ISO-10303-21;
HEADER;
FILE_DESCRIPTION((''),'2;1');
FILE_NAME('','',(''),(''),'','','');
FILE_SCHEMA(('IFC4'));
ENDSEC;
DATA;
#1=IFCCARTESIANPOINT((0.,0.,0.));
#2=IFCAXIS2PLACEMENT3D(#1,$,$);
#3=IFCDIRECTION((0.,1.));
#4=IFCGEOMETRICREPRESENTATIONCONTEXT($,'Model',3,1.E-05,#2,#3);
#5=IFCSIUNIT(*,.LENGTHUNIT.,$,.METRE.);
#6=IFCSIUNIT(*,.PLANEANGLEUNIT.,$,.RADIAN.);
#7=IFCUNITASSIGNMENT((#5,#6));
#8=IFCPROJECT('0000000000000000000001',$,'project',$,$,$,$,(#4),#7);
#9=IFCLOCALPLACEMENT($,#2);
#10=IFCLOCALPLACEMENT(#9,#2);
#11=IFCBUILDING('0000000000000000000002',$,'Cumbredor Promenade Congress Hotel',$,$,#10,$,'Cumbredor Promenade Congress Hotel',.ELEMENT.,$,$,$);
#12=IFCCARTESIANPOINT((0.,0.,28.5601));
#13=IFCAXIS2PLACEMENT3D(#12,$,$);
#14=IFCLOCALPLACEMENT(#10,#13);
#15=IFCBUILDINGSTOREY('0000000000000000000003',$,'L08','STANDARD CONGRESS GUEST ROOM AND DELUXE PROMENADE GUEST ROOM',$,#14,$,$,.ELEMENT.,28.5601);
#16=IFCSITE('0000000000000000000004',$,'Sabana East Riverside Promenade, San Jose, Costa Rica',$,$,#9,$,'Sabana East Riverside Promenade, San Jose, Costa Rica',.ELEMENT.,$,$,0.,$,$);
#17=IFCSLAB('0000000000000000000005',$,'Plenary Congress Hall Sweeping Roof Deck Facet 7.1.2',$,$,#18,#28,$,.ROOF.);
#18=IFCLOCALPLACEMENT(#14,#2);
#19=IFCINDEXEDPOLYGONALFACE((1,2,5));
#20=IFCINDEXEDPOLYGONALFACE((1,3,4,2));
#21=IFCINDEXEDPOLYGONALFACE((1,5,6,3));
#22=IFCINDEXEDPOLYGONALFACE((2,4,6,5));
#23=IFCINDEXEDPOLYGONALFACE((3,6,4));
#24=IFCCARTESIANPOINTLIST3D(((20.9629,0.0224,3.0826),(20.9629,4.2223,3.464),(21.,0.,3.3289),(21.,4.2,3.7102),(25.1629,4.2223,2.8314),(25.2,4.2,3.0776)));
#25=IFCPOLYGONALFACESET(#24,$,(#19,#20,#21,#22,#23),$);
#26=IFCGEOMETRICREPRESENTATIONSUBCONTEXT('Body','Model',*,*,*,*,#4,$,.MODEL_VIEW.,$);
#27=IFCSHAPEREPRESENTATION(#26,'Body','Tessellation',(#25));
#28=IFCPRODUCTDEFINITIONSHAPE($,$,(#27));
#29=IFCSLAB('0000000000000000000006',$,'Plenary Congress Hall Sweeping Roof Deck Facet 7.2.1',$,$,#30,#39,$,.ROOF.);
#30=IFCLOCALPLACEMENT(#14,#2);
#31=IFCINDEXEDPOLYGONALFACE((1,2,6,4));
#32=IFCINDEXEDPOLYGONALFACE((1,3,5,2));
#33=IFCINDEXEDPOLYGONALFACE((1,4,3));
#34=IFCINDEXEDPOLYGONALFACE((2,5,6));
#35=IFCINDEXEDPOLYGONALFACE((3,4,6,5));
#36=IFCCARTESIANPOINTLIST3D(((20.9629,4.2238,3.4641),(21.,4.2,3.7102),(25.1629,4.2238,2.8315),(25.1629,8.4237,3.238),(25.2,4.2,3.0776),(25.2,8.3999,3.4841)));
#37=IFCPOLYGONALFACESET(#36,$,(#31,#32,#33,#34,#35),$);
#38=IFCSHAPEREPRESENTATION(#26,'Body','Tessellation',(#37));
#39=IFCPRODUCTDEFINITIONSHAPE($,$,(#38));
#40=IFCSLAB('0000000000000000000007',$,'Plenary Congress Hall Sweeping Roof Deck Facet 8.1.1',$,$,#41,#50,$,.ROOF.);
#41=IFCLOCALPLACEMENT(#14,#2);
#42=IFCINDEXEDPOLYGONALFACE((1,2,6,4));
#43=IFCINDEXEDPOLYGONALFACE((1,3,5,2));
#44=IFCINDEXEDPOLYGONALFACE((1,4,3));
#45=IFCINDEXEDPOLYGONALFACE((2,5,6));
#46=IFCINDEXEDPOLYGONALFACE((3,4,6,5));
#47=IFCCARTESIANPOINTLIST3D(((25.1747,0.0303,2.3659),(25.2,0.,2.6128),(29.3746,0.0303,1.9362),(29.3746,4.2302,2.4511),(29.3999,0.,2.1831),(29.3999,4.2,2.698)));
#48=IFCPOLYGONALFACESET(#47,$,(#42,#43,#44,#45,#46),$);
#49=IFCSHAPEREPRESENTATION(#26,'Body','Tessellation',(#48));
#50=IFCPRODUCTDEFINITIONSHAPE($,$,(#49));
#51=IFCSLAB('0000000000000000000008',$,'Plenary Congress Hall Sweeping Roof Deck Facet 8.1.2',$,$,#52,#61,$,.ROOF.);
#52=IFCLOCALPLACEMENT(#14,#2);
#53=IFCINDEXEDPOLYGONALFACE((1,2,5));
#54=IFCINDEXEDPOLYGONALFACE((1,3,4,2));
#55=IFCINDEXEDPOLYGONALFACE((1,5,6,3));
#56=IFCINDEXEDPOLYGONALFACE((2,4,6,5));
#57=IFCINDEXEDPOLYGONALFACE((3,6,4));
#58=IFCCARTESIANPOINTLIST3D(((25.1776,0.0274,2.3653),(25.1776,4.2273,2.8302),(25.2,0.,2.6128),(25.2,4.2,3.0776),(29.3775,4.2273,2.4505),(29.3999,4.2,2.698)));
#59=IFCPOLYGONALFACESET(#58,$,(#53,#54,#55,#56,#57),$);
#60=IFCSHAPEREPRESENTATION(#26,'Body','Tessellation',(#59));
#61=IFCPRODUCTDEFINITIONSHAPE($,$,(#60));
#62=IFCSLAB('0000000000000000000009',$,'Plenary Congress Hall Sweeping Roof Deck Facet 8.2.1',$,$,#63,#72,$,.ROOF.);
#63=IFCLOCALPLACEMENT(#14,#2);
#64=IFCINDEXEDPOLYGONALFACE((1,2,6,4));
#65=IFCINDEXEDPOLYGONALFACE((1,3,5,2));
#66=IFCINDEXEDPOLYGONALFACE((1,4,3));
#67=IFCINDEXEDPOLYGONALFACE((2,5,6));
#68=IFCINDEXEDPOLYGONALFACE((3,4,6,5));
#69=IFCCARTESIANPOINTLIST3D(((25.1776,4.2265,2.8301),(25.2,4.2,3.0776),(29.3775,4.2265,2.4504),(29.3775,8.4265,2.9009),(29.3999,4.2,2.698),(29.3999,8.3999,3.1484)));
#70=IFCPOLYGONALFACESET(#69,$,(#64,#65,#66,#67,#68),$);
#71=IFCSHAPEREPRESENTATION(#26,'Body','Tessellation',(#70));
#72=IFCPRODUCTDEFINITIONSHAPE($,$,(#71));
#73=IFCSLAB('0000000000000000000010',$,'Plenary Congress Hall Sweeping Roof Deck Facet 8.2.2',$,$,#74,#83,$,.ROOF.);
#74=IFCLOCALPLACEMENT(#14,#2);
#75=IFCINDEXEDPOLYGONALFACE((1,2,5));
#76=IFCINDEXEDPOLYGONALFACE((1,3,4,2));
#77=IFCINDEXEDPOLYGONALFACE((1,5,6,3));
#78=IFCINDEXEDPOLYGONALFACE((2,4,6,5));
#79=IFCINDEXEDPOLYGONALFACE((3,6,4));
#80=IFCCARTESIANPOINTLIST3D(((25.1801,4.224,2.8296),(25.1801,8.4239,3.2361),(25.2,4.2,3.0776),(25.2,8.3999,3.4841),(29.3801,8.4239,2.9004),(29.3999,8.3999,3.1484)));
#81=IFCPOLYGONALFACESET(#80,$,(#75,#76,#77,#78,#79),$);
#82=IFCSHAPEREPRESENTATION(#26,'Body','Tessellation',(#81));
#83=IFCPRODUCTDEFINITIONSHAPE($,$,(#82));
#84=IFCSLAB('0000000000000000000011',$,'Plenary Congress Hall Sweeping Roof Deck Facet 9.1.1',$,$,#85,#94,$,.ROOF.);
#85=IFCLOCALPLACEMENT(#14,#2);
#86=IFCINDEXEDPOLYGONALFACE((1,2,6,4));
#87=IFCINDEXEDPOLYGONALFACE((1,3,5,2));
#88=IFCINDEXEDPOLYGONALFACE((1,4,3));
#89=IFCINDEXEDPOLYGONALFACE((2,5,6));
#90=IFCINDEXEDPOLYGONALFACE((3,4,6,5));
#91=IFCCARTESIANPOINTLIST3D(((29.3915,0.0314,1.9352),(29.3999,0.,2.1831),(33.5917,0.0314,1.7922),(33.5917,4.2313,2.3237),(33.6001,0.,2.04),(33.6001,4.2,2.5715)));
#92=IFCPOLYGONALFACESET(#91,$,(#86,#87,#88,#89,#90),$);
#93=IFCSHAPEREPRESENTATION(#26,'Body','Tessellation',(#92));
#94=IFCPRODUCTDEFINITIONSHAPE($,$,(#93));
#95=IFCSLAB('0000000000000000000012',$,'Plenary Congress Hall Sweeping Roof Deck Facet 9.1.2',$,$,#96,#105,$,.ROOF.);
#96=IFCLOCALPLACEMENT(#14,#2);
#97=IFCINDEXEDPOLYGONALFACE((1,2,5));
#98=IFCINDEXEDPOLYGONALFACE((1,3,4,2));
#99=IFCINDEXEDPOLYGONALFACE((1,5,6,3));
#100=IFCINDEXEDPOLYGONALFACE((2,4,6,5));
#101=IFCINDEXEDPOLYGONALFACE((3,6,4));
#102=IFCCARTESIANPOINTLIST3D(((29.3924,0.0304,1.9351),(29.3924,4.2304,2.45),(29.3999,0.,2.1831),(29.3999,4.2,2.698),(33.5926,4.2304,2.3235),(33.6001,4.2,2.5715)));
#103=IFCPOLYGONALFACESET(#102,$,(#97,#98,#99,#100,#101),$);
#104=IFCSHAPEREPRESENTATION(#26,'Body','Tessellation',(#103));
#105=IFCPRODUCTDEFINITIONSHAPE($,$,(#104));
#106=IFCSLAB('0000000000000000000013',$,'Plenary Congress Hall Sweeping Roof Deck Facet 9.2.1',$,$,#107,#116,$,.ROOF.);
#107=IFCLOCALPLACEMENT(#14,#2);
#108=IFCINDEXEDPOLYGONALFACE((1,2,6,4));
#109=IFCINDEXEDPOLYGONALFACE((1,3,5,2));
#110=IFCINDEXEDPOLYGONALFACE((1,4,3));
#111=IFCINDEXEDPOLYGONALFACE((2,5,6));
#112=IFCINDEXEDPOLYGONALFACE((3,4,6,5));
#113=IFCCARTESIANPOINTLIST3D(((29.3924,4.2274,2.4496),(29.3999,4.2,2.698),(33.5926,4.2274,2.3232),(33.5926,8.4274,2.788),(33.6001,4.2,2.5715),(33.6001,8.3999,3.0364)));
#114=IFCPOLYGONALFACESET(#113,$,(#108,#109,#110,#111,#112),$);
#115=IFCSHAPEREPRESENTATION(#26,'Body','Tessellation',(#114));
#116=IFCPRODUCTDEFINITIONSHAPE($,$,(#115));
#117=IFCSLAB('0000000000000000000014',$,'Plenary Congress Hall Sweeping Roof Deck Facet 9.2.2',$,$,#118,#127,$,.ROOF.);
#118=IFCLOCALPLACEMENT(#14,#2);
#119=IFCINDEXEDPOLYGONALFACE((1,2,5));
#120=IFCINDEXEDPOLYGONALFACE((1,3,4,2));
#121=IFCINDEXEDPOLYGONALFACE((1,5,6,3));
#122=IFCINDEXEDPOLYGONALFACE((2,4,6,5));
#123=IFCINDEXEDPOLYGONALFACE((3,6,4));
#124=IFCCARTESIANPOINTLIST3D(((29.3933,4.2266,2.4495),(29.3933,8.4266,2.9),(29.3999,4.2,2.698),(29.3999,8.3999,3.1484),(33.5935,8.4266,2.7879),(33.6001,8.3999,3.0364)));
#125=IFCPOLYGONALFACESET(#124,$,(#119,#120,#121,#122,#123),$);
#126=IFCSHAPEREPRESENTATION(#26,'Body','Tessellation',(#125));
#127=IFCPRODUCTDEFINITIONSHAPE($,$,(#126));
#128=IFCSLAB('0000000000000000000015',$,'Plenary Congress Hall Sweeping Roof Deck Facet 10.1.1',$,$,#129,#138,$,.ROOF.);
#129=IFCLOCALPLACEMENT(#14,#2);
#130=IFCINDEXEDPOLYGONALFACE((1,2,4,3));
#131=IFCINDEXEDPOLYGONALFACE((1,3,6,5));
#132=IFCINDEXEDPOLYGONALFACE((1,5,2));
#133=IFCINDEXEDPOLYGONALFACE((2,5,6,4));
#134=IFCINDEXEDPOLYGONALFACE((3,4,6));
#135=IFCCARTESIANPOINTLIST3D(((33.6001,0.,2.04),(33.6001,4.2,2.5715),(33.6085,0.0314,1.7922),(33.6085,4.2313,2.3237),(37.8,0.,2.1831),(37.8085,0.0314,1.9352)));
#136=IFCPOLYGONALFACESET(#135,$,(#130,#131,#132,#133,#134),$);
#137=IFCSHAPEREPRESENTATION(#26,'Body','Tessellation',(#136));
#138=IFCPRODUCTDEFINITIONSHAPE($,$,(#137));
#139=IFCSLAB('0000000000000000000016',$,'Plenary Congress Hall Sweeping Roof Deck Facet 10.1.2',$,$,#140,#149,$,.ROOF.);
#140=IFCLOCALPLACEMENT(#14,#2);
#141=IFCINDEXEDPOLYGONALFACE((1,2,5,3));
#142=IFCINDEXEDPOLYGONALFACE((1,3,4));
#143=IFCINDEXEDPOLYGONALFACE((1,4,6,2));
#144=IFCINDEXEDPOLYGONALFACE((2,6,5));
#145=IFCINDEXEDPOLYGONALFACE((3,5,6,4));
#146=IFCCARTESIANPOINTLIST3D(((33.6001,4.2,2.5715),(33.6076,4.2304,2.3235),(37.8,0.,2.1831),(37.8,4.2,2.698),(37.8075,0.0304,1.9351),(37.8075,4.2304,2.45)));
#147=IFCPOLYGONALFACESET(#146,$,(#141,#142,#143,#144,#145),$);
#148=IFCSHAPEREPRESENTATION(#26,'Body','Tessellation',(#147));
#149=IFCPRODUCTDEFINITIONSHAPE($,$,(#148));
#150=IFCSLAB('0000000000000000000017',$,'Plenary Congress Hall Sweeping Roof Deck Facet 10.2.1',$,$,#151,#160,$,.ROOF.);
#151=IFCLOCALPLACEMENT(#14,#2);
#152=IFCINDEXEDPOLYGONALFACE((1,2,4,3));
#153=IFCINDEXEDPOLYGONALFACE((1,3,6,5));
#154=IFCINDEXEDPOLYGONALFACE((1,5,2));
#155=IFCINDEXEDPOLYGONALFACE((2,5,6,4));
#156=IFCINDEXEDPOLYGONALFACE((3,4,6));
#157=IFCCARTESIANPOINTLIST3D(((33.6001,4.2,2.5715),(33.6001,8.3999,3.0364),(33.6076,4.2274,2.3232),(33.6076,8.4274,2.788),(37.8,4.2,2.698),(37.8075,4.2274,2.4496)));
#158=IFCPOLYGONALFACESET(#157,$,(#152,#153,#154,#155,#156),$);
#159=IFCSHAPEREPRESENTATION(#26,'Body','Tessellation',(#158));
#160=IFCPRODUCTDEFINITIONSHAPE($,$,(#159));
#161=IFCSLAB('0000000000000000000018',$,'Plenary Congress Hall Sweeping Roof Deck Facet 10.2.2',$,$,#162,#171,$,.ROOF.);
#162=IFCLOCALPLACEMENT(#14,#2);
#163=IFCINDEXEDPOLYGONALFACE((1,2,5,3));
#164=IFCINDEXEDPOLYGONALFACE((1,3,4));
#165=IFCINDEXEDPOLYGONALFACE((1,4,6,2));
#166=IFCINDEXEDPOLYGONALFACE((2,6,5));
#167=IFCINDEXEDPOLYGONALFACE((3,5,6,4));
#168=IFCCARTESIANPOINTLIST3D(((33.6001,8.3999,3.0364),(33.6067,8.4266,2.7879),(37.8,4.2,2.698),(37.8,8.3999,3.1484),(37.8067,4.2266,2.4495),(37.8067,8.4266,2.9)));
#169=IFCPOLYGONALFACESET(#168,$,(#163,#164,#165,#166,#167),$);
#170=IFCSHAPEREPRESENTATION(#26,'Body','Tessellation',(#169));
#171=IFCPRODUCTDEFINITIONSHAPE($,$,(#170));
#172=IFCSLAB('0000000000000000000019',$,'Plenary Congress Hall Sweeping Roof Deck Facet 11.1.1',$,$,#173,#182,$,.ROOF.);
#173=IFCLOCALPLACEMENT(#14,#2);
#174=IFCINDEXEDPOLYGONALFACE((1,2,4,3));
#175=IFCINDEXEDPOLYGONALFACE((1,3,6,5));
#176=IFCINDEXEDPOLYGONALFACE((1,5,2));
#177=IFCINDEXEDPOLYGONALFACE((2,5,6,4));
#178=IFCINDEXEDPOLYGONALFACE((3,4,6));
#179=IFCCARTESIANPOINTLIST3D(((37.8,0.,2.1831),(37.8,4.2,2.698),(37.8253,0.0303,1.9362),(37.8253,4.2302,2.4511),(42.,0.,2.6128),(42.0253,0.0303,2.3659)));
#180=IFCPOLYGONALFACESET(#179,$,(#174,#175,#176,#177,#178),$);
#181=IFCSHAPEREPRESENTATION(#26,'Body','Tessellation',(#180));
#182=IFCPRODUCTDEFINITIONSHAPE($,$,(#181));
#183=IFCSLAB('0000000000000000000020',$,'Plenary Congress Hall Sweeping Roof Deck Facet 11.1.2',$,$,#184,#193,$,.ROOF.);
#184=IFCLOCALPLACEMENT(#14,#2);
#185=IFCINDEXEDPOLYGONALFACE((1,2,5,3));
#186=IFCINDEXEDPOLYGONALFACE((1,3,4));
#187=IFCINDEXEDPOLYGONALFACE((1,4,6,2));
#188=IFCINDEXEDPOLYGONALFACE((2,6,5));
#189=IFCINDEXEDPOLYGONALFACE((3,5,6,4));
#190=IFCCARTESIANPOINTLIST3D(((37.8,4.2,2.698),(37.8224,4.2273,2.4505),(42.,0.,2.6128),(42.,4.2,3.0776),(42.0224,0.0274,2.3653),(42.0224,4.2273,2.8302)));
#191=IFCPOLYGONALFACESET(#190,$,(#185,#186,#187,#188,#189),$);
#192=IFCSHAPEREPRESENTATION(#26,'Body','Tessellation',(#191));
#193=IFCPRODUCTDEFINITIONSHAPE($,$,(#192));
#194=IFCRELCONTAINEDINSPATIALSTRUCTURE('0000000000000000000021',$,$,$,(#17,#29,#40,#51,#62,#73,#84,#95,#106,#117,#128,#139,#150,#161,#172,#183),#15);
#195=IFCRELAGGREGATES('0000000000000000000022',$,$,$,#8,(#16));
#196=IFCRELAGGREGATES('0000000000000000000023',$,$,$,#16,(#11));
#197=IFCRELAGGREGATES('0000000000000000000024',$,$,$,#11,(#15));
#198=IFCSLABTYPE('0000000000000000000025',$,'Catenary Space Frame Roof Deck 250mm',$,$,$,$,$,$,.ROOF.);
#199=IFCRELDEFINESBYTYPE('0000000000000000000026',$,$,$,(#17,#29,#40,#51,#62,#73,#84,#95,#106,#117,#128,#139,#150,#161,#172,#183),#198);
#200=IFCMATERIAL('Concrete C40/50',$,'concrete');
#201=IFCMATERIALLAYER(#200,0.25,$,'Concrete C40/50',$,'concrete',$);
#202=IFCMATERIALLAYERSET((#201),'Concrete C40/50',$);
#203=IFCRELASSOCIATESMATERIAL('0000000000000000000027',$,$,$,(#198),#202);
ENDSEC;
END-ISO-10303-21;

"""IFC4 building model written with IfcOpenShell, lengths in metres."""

from ifc_helpers import new_model, si_unit, direction, frame, origin, place, context, subcontext, project, spatial, polyline, outline, extrude, material, layer, layer_set, type_object, element, save


model = new_model("IFC4")

# Units and contexts
model_context = context("Model", 3, precision=1e-05, world=origin(), true_north=direction((0.0, 1.0)))
body_context = subcontext(model_context, "Body", "Model", "MODEL_VIEW")
ifc_project = project(units=[si_unit("LENGTHUNIT", "METRE"), si_unit("PLANEANGLEUNIT", "RADIAN")], contexts=[model_context])

# Site, building, storey
site_placement = place(None, origin())
site = spatial("IfcSite", under=ifc_project, at=site_placement, Name="Sabana East Riverside Promenade, San Jose, Costa Rica", LongName="Sabana East Riverside Promenade, San Jose, Costa Rica", CompositionType="ELEMENT", RefElevation=0.0)
building_placement = place(site_placement, origin())
building = spatial("IfcBuilding", under=site, at=building_placement, Name="Cumbredor Promenade Congress Hotel", LongName="Cumbredor Promenade Congress Hotel", CompositionType="ELEMENT")
storey_placement = place(building_placement, frame((0.0, 0.0, 28.5601)))
storey = spatial("IfcBuildingStorey", under=building, at=storey_placement, Name="L08", Description="STANDARD CONGRESS GUEST ROOM AND DELUXE PROMENADE GUEST ROOM", CompositionType="ELEMENT", Elevation=28.5601)

# Slabs
ifc_material_1 = material(Name="Concrete C40/50", Category="concrete")
ifc_layer_1 = layer(ifc_material_1, 0.25, Name="Concrete C40/50", Category="concrete")
ifc_layer_set_1 = layer_set([ifc_layer_1], Name="Concrete C40/50")
slab_type = type_object("IfcSlabType", Name="Catenary Space Frame Roof Deck 250mm", PredefinedType="ROOF", material=ifc_layer_set_1)
slab_1_placement = place(storey_placement, frame((21.0, 0.0, 3.3289), z_axis=(0.148337, -0.089426, 0.984885), x_axis=(0.706475, 0.706475, -0.042258)))
element("IfcSlab", 1, at=slab_1_placement, inside=storey, type_object=slab_type, Name="Plenary Congress Hall Sweeping Roof Deck Facet 7.1.2", PredefinedType="ROOF", context=body_context, shape_type="SweptSolid", body=[
    extrude(outline(polyline([(0.0, 0.0), (5.9449, 0.0), (2.951, 3.0127), (0.0, 0.0)])), origin(), (0.0, 0.0, -1.0), 0.25),
])
slab_2_placement = place(storey_placement, frame((21.0, 4.2, 3.7102), z_axis=(0.148256, -0.095271, 0.984349), x_axis=(0.988847, 0.0, -0.148934)))
element("IfcSlab", 2, at=slab_2_placement, inside=storey, type_object=slab_type, Name="Plenary Congress Hall Sweeping Roof Deck Facet 7.2.1", PredefinedType="ROOF", context=body_context, shape_type="SweptSolid", body=[
    extrude(outline(polyline([(0.0, 0.0), (4.2473, 0.0), (4.1868, 4.2191), (0.0, 0.0)])), origin(), (0.0, 0.0, -1.0), 0.25),
])
slab_3_placement = place(storey_placement, frame((25.2, 0.0, 2.6128), z_axis=(0.101028, -0.121061, 0.987491), x_axis=(0.994807, 0.0, -0.101776)))
element("IfcSlab", 3, at=slab_3_placement, inside=storey, type_object=slab_type, Name="Plenary Congress Hall Sweeping Roof Deck Facet 8.1.1", PredefinedType="ROOF", context=body_context, shape_type="SweptSolid", body=[
    extrude(outline(polyline([(0.0, 0.0), (4.2219, 0.0), (4.1695, 4.2311), (0.0, 0.0)])), origin(), (0.0, 0.0, -1.0), 0.25),
])
slab_4_placement = place(storey_placement, frame((25.2, 0.0, 2.6128), z_axis=(0.089482, -0.109565, 0.989944), x_axis=(0.707034, 0.707034, 0.014344)))
element("IfcSlab", 4, at=slab_4_placement, inside=storey, type_object=slab_type, Name="Plenary Congress Hall Sweeping Roof Deck Facet 8.1.2", PredefinedType="ROOF", context=body_context, shape_type="SweptSolid", body=[
    extrude(outline(polyline([(0.0, 0.0), (5.9402, 0.0), (2.9762, 2.9997), (0.0, 0.0)])), origin(), (0.0, 0.0, -1.0), 0.25),
])
slab_5_placement = place(storey_placement, frame((25.2, 4.2, 3.0776), z_axis=(0.089515, -0.106209, 0.990306), x_axis=(0.99594, 0.0, -0.090024)))
element("IfcSlab", 5, at=slab_5_placement, inside=storey, type_object=slab_type, Name="Plenary Congress Hall Sweeping Roof Deck Facet 8.2.1", PredefinedType="ROOF", context=body_context, shape_type="SweptSolid", body=[
    extrude(outline(polyline([(0.0, 0.0), (4.2171, 0.0), (4.1765, 4.2238), (0.0, 0.0)])), origin(), (0.0, 0.0, -1.0), 0.25),
])
slab_6_placement = place(storey_placement, frame((25.2, 4.2, 3.0776), z_axis=(0.079306, -0.096032, 0.992214), x_axis=(0.707057, 0.707057, 0.011919)))
element("IfcSlab", 6, at=slab_6_placement, inside=storey, type_object=slab_type, Name="Plenary Congress Hall Sweeping Roof Deck Facet 8.2.2", PredefinedType="ROOF", context=body_context, shape_type="SweptSolid", body=[
    extrude(outline(polyline([(0.0, 0.0), (5.94, 0.0), (2.9744, 2.9929), (0.0, 0.0)])), origin(), (0.0, 0.0, -1.0), 0.25),
])
slab_7_placement = place(storey_placement, frame((29.3999, 0.0, 2.1831), z_axis=(0.033773, -0.125475, 0.991522), x_axis=(0.99942, 0.0, -0.034042)))
element("IfcSlab", 7, at=slab_7_placement, inside=storey, type_object=slab_type, Name="Plenary Congress Hall Sweeping Roof Deck Facet 9.1.1", PredefinedType="ROOF", context=body_context, shape_type="SweptSolid", body=[
    extrude(outline(polyline([(0.0, 0.0), (4.2026, 0.0), (4.1845, 4.2334), (0.0, 0.0)])), origin(), (0.0, 0.0, -1.0), 0.25),
])
slab_8_placement = place(storey_placement, frame((29.3999, 0.0, 2.1831), z_axis=(0.029872, -0.12163, 0.992126), x_axis=(0.70562, 0.705579, 0.065255)))
element("IfcSlab", 8, at=slab_8_placement, inside=storey, type_object=slab_type, Name="Plenary Congress Hall Sweeping Roof Deck Facet 9.1.2", PredefinedType="ROOF", context=body_context, shape_type="SweptSolid", body=[
    extrude(outline(polyline([(0.0, 0.0), (5.9525, 0.0), (2.997, 2.9871), (0.0, 0.0)])), origin(), (0.0, 0.0, -1.0), 0.25),
])
slab_9_placement = place(storey_placement, frame((29.3999, 4.2, 2.698), z_axis=(0.029913, -0.109957, 0.993486), x_axis=(0.999547, 0.0, -0.030096)))
element("IfcSlab", 9, at=slab_9_placement, inside=storey, type_object=slab_type, Name="Plenary Congress Hall Sweeping Roof Deck Facet 9.2.1", PredefinedType="ROOF", context=body_context, shape_type="SweptSolid", body=[
    extrude(outline(polyline([(0.0, 0.0), (4.2021, 0.0), (4.1881, 4.2256), (0.0, 0.0)])), origin(), (0.0, 0.0, -1.0), 0.25),
])
slab_10_placement = place(storey_placement, frame((29.3999, 4.2, 2.698), z_axis=(0.026518, -0.1066, 0.993948), x_axis=(0.705983, 0.705942, 0.056876)))
element("IfcSlab", 10, at=slab_10_placement, inside=storey, type_object=slab_type, Name="Plenary Congress Hall Sweeping Roof Deck Facet 9.2.2", PredefinedType="ROOF", context=body_context, shape_type="SweptSolid", body=[
    extrude(outline(polyline([(0.0, 0.0), (5.9494, 0.0), (2.9905, 2.9831), (0.0, 0.0)])), origin(), (0.0, 0.0, -1.0), 0.25),
])
slab_11_placement = place(storey_placement, frame((33.6001, 0.0, 2.04), z_axis=(-0.033775, -0.125475, 0.991522), x_axis=(0.99942, 0.0, 0.034044)))
element("IfcSlab", 11, at=slab_11_placement, inside=storey, type_object=slab_type, Name="Plenary Congress Hall Sweeping Roof Deck Facet 10.1.1", PredefinedType="ROOF", context=body_context, shape_type="SweptSolid", body=[
    extrude(outline(polyline([(0.0, 0.0), (4.2024, 0.0), (0.0181, 4.2334), (0.0, 0.0)])), origin(), (0.0, 0.0, -1.0), 0.25),
])
slab_12_placement = place(storey_placement, frame((37.8, 0.0, 2.1831), z_axis=(-0.029874, -0.12163, 0.992126), x_axis=(0.0, 0.992569, 0.121684)))
element("IfcSlab", 12, at=slab_12_placement, inside=storey, type_object=slab_type, Name="Plenary Congress Hall Sweeping Roof Deck Facet 10.1.2", PredefinedType="ROOF", context=body_context, shape_type="SweptSolid", body=[
    extrude(outline(polyline([(0.0, 0.0), (4.2314, 0.0), (4.216, 4.2018), (0.0, 0.0)])), origin(), (0.0, 0.0, -1.0), 0.25),
])
slab_13_placement = place(storey_placement, frame((33.6001, 4.2, 2.5715), z_axis=(-0.029915, -0.109957, 0.993486), x_axis=(0.999547, 0.0, 0.030097)))
element("IfcSlab", 13, at=slab_13_placement, inside=storey, type_object=slab_type, Name="Plenary Congress Hall Sweeping Roof Deck Facet 10.2.1", PredefinedType="ROOF", context=body_context, shape_type="SweptSolid", body=[
    extrude(outline(polyline([(0.0, 0.0), (4.2019, 0.0), (0.014, 4.2256), (0.0, 0.0)])), origin(), (0.0, 0.0, -1.0), 0.25),
])
slab_14_placement = place(storey_placement, frame((37.8, 4.2, 2.698), z_axis=(-0.02652, -0.1066, 0.993948), x_axis=(0.0, 0.994298, 0.106637)))
element("IfcSlab", 14, at=slab_14_placement, inside=storey, type_object=slab_type, Name="Plenary Congress Hall Sweeping Roof Deck Facet 10.2.2", PredefinedType="ROOF", context=body_context, shape_type="SweptSolid", body=[
    extrude(outline(polyline([(0.0, 0.0), (4.224, 0.0), (4.2121, 4.2014), (0.0, 0.0)])), origin(), (0.0, 0.0, -1.0), 0.25),
])
slab_15_placement = place(storey_placement, frame((37.8, 0.0, 2.1831), z_axis=(-0.101028, -0.121061, 0.987491), x_axis=(0.994807, 0.0, 0.101776)))
element("IfcSlab", 15, at=slab_15_placement, inside=storey, type_object=slab_type, Name="Plenary Congress Hall Sweeping Roof Deck Facet 11.1.1", PredefinedType="ROOF", context=body_context, shape_type="SweptSolid", body=[
    extrude(outline(polyline([(0.0, 0.0), (4.2219, 0.0), (0.0524, 4.2311), (0.0, 0.0)])), origin(), (0.0, 0.0, -1.0), 0.25),
])
slab_16_placement = place(storey_placement, frame((42.0, 0.0, 2.6128), z_axis=(-0.089482, -0.109565, 0.989944), x_axis=(0.0, 0.993931, 0.110007)))
element("IfcSlab", 16, at=slab_16_placement, inside=storey, type_object=slab_type, Name="Plenary Congress Hall Sweeping Roof Deck Facet 11.1.2", PredefinedType="ROOF", context=body_context, shape_type="SweptSolid", body=[
    extrude(outline(polyline([(0.0, 0.0), (4.2256, 0.0), (4.1838, 4.2169), (0.0, 0.0)])), origin(), (0.0, 0.0, -1.0), 0.25),
])

save(model, "model.ifc")
